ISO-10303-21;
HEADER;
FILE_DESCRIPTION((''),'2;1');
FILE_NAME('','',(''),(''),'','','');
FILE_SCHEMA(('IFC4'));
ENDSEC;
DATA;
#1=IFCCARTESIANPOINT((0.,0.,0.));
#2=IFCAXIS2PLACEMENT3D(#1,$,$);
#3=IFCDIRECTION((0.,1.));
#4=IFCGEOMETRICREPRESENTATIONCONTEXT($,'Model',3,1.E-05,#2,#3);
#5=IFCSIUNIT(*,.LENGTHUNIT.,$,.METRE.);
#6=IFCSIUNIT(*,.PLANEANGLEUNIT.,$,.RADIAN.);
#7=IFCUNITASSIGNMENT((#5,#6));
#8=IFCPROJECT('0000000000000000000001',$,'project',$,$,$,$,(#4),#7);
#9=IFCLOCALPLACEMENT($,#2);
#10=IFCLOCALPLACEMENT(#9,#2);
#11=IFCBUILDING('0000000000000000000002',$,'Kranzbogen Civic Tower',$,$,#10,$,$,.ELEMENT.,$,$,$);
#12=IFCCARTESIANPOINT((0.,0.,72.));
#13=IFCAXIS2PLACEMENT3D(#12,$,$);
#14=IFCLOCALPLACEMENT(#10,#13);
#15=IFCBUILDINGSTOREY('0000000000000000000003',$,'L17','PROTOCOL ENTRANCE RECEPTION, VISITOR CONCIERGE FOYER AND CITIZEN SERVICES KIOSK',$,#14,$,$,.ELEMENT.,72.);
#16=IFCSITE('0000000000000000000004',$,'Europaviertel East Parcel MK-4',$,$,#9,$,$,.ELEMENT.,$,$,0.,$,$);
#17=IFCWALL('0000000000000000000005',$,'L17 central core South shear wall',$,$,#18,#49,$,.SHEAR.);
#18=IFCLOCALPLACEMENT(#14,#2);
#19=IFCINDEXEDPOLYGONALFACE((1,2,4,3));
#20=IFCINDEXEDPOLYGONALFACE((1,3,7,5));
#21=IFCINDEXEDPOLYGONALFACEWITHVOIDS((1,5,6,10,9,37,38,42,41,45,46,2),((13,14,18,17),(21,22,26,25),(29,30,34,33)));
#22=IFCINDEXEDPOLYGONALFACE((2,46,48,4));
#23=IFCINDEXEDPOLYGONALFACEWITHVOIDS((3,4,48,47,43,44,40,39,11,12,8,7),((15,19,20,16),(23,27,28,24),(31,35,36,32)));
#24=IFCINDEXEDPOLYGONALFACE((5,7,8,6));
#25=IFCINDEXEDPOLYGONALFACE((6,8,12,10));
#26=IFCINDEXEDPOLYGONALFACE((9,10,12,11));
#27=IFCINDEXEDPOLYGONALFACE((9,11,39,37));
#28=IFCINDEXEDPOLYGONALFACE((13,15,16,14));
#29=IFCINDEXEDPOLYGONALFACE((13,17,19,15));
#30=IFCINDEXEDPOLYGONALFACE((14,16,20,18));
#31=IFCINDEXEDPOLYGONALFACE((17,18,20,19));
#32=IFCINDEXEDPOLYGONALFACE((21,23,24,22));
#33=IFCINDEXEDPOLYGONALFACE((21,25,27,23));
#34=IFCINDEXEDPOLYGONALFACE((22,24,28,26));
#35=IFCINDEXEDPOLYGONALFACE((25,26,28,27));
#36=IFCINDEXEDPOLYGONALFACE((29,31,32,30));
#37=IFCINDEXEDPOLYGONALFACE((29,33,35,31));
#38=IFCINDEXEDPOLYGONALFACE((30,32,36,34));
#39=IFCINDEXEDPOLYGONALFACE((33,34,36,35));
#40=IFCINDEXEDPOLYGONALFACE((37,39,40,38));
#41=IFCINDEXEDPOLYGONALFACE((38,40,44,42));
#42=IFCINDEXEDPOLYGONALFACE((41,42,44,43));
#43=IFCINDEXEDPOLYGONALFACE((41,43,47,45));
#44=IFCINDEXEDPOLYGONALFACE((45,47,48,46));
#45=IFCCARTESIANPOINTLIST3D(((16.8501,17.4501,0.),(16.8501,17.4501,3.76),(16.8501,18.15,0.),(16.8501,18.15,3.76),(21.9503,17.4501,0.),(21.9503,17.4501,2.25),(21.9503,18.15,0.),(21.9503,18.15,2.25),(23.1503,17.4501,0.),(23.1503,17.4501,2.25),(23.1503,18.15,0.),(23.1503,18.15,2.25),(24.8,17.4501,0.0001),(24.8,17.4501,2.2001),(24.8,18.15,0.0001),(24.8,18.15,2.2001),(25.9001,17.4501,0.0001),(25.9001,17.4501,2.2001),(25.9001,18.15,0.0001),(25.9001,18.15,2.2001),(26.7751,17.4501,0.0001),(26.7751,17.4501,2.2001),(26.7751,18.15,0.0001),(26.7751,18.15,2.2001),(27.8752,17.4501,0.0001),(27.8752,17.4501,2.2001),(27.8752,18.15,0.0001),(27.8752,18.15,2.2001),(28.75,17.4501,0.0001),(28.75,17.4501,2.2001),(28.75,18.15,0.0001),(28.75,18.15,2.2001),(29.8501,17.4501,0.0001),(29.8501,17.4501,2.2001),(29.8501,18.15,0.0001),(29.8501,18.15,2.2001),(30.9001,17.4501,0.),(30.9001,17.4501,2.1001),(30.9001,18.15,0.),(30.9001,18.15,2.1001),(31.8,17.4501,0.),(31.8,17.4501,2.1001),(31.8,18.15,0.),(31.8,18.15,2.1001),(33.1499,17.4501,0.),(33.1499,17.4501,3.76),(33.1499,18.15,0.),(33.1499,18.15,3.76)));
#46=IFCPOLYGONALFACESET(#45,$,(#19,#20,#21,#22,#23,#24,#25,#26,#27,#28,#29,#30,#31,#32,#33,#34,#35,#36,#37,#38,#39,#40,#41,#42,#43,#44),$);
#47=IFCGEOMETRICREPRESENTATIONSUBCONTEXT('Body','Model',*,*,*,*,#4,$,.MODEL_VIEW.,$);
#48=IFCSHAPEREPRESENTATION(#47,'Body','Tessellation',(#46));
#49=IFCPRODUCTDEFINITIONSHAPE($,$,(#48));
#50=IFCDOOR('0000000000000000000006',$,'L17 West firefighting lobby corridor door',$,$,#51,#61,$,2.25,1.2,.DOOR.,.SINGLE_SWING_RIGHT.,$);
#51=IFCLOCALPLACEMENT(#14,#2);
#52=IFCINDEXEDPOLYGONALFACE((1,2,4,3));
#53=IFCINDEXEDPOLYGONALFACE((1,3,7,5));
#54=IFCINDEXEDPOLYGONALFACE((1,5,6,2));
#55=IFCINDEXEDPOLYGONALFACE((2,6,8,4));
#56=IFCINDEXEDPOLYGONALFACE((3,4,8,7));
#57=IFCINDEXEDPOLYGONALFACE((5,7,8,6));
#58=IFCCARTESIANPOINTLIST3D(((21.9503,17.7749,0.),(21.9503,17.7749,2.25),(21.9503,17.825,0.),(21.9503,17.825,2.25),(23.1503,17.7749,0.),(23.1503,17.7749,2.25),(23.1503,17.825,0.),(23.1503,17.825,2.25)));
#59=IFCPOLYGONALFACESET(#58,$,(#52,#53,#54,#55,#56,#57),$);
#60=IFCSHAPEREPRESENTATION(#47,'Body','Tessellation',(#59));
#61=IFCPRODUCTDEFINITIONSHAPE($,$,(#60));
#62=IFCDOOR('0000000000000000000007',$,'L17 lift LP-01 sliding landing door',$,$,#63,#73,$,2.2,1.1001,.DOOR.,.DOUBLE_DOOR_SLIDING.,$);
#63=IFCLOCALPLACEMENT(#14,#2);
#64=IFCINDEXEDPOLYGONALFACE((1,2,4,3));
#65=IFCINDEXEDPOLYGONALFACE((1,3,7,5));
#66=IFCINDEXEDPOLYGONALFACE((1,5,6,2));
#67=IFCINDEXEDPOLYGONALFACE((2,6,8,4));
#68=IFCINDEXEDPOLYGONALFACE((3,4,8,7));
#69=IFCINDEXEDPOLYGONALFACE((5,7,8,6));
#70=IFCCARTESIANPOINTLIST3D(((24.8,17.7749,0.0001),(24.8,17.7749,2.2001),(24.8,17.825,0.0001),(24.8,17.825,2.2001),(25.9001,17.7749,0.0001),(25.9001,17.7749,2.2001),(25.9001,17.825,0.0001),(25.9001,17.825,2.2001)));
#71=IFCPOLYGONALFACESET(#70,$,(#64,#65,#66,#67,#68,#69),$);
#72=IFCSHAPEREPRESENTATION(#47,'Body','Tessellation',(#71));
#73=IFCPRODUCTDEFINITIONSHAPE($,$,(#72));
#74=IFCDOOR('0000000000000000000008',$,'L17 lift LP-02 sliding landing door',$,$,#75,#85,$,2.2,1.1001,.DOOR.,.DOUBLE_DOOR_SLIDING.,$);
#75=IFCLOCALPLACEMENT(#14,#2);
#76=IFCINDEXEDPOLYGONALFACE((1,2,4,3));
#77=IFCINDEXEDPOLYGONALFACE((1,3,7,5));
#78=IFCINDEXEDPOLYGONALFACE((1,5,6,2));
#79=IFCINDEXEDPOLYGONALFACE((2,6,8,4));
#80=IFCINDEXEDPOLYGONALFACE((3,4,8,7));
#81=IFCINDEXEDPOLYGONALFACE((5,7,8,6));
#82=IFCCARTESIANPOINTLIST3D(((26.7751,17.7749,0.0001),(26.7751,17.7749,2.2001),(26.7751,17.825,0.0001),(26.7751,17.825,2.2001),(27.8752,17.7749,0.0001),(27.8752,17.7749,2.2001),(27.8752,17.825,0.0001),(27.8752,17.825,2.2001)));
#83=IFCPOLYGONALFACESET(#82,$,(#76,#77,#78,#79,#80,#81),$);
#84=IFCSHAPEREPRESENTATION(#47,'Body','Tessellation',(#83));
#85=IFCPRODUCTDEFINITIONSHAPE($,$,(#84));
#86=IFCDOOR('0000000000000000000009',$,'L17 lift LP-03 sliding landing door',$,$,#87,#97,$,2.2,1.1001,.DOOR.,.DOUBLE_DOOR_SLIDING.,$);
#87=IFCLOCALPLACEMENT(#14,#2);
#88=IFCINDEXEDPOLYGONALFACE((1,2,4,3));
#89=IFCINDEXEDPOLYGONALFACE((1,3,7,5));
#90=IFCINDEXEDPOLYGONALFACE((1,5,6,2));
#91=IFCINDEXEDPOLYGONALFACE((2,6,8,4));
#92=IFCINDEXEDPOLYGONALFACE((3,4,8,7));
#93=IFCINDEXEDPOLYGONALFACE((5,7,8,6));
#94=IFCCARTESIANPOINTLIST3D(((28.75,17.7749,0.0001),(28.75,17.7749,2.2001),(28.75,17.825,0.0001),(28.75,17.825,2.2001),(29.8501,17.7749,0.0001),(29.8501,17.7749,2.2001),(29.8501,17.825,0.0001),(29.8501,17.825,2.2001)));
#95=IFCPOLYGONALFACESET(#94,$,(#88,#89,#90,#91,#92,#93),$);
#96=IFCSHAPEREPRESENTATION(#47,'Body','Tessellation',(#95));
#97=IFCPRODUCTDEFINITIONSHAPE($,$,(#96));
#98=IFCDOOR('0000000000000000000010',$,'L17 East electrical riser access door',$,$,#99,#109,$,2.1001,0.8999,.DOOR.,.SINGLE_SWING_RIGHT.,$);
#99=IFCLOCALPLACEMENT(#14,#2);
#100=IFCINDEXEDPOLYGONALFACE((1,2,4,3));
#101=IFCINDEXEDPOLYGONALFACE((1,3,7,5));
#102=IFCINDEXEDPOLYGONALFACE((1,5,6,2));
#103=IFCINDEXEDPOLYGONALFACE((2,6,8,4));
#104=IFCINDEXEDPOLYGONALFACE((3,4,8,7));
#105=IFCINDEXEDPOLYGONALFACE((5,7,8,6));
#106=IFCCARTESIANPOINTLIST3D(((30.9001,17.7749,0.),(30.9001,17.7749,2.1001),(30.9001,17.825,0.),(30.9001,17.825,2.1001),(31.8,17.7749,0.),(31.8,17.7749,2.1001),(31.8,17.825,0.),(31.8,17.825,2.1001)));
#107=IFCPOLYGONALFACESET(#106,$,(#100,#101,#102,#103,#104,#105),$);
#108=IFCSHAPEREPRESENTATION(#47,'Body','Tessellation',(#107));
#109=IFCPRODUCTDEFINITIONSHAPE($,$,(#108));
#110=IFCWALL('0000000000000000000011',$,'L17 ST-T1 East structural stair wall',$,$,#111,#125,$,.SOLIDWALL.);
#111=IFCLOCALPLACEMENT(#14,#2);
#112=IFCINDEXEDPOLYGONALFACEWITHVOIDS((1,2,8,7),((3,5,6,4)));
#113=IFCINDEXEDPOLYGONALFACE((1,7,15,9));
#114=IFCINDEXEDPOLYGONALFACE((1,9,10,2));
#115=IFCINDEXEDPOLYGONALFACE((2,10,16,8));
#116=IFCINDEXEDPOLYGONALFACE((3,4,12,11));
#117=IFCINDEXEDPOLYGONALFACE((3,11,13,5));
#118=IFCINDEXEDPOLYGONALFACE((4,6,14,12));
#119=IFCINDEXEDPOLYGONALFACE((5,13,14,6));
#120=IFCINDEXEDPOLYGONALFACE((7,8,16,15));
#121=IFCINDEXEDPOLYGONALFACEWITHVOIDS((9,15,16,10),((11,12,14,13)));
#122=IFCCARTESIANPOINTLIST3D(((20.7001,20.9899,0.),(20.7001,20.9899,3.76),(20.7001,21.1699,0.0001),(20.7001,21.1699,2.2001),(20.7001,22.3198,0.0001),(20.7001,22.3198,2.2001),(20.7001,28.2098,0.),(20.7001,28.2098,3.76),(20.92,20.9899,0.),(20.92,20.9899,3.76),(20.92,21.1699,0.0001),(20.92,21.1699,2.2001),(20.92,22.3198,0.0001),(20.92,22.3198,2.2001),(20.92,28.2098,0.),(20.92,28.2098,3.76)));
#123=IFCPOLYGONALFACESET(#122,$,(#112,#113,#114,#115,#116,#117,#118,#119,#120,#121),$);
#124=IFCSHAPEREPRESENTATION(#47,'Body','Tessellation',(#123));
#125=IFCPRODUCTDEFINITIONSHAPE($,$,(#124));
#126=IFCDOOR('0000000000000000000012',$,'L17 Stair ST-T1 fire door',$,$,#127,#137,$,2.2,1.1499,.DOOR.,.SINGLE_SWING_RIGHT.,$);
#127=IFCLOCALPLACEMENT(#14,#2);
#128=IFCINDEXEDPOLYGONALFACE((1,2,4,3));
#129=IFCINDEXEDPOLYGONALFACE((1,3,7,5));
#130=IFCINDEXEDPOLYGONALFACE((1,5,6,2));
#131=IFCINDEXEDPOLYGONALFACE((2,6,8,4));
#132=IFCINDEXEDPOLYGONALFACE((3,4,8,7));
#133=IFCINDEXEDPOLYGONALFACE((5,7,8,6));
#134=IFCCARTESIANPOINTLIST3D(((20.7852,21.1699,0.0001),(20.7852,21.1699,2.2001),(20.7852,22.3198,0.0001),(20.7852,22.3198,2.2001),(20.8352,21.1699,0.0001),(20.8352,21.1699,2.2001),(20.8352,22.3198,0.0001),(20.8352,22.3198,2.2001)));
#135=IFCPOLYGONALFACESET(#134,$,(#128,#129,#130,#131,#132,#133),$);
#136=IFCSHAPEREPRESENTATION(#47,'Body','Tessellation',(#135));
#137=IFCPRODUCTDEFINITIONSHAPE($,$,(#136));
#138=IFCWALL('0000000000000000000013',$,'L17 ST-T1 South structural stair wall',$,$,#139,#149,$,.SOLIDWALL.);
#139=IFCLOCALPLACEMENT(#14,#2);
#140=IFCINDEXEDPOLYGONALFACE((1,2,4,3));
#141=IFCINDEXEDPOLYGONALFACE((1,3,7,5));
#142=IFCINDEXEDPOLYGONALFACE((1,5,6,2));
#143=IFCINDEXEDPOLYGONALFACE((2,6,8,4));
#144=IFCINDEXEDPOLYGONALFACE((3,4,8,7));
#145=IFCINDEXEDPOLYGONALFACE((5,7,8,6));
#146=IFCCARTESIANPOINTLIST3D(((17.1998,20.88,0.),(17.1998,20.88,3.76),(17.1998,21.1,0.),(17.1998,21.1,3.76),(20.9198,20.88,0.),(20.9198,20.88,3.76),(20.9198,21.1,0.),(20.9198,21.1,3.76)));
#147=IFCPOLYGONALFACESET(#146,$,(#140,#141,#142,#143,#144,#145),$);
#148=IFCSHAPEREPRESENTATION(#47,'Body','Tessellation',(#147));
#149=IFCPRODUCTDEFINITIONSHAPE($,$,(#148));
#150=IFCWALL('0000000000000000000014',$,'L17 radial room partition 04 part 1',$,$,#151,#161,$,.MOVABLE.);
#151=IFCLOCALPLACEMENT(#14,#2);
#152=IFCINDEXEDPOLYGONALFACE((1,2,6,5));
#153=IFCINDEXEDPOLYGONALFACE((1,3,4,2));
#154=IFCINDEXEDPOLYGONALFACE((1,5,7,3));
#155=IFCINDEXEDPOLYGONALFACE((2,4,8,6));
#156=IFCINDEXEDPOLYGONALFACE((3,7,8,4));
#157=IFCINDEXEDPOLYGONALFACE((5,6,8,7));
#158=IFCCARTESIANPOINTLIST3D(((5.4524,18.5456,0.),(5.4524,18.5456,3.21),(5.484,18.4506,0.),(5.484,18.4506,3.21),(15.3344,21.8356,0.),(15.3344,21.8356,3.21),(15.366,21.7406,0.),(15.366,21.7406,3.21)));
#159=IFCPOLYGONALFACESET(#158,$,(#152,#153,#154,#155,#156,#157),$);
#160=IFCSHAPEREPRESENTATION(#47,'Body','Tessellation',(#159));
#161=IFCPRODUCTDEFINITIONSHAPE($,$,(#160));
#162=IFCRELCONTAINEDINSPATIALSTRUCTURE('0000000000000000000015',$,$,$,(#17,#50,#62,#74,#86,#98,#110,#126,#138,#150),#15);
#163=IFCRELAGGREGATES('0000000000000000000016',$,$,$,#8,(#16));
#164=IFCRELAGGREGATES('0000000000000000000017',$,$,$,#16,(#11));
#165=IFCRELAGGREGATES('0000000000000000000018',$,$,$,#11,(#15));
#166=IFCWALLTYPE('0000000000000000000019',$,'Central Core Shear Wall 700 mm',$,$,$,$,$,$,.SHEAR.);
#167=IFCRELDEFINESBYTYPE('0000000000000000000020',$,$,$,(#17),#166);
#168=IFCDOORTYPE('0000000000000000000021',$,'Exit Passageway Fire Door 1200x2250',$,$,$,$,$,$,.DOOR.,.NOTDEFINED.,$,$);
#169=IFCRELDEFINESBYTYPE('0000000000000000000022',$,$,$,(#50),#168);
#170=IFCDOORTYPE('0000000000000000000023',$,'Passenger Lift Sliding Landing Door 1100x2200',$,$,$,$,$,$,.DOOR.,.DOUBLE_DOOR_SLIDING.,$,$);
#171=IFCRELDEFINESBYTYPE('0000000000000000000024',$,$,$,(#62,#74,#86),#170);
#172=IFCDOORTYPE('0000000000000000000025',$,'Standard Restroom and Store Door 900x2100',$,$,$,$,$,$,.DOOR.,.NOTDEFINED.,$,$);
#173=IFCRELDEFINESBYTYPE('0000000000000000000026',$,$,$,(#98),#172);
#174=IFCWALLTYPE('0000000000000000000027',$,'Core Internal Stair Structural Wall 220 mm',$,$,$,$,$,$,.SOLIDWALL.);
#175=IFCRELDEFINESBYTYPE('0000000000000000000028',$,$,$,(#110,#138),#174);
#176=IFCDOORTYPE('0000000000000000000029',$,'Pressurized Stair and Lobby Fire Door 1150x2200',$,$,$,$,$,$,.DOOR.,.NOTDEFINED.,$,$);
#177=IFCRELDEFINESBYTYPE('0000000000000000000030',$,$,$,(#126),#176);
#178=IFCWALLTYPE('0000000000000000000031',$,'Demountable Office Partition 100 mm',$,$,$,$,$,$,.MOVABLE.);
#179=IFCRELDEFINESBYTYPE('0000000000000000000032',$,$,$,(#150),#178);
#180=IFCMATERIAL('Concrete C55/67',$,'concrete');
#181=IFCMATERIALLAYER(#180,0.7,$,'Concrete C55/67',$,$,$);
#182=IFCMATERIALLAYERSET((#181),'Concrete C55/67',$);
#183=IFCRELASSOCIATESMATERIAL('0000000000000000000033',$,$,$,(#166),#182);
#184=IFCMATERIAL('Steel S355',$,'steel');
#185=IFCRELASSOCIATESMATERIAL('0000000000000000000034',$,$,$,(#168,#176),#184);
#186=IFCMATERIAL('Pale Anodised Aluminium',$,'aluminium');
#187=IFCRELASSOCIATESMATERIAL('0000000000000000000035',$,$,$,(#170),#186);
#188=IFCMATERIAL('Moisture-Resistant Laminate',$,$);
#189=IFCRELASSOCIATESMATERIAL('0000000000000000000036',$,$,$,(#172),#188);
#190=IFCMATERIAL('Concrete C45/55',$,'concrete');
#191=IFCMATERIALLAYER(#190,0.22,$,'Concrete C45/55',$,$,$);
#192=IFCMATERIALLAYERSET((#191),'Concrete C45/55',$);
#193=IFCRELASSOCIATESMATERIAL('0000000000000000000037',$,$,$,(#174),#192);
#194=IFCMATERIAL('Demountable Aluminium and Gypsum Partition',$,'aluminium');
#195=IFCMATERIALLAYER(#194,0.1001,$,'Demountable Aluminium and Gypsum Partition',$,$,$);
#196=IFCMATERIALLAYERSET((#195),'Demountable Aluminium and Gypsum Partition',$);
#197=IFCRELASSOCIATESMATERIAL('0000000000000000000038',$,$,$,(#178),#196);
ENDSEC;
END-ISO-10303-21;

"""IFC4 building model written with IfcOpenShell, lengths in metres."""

from ifc_helpers import new_model, si_unit, direction, frame, frame_2d, origin, place, context, subcontext, project, spatial, rectangle, extrude, material, layer, layer_set, type_object, element, fill, save


model = new_model("IFC4")

# Units and contexts
model_context = context("Model", 3, precision=1e-05, world=origin(), true_north=direction((0.0, 1.0)))
body_context = subcontext(model_context, "Body", "Model", "MODEL_VIEW")
ifc_project = project(units=[si_unit("LENGTHUNIT", "METRE"), si_unit("PLANEANGLEUNIT", "RADIAN")], contexts=[model_context])

# Site, building, storey
site_placement = place(None, origin())
site = spatial("IfcSite", under=ifc_project, at=site_placement, Name="Europaviertel East Parcel MK-4", CompositionType="ELEMENT", RefElevation=0.0)
building_placement = place(site_placement, origin())
building = spatial("IfcBuilding", under=site, at=building_placement, Name="Kranzbogen Civic Tower", CompositionType="ELEMENT")
storey_placement = place(building_placement, frame((0.0, 0.0, 72.0)))
storey = spatial("IfcBuildingStorey", under=building, at=storey_placement, Name="L17", Description="PROTOCOL ENTRANCE RECEPTION, VISITOR CONCIERGE FOYER AND CITIZEN SERVICES KIOSK", CompositionType="ELEMENT", Elevation=72.0)

# Shared definitions
ifc_material_1 = material(Name="Steel S355", Category="steel")

# Wall, openings, doors
ifc_material_2 = material(Name="Concrete C55/67", Category="concrete")
ifc_layer_1 = layer(ifc_material_2, 0.7, Name="Concrete C55/67")
ifc_layer_set_1 = layer_set([ifc_layer_1], Name="Concrete C55/67")
wall_type_1 = type_object("IfcWallType", Name="Central Core Shear Wall 700 mm", PredefinedType="SHEAR", material=ifc_layer_set_1)
wall_1_placement = place(storey_placement, frame((16.8501, 17.8, 0.0), z_axis=(0.0, 0.0, 1.0), x_axis=(1.0, 0.0, 0.0)))
wall_1 = element("IfcWall", 1, at=wall_1_placement, inside=storey, type_object=wall_type_1, Name="L17 central core South shear wall", PredefinedType="SHEAR", context=body_context, shape_type="SweptSolid", body=[
    extrude(rectangle(XDim=16.2998, YDim=0.7, at=frame_2d((8.1499, 0.0))), origin(), (0.0, 0.0, 1.0), 3.76),
])
opening_1_placement = place(wall_1_placement, frame((5.1001, 0.0, 0.0)))
opening_1 = element("IfcOpeningElement", 2, at=opening_1_placement, cuts=wall_1, PredefinedType="OPENING", context=body_context, shape_type="SweptSolid", body=[
    extrude(rectangle(XDim=1.2, YDim=2.25, at=frame_2d((0.6001, 1.125))), frame((0.0, 0.3599, 0.0), z_axis=(0.0, -1.0, 0.0), x_axis=(1.0, 0.0, 0.0)), (0.0, 0.0, 1.0), 0.72),
])
opening_2_placement = place(wall_1_placement, frame((14.05, 0.0, 0.0)))
opening_2 = element("IfcOpeningElement", 3, at=opening_2_placement, cuts=wall_1, PredefinedType="OPENING", context=body_context, shape_type="SweptSolid", body=[
    extrude(rectangle(XDim=0.8999, YDim=2.1001, at=frame_2d((0.45, 1.05))), frame((0.0, 0.3599, 0.0), z_axis=(0.0, -1.0, 0.0), x_axis=(1.0, 0.0, 0.0)), (0.0, 0.0, 1.0), 0.72),
])
opening_3_placement = place(wall_1_placement, frame((7.95, 0.0, 0.0)))
opening_3 = element("IfcOpeningElement", 4, at=opening_3_placement, cuts=wall_1, PredefinedType="OPENING", context=body_context, shape_type="SweptSolid", body=[
    extrude(rectangle(XDim=1.1001, YDim=2.2, at=frame_2d((0.55, 1.1001))), frame((0.0, 0.3599, 0.0), z_axis=(0.0, -1.0, 0.0), x_axis=(1.0, 0.0, 0.0)), (0.0, 0.0, 1.0), 0.72),
])
opening_4_placement = place(wall_1_placement, frame((9.925, 0.0, 0.0)))
opening_4 = element("IfcOpeningElement", 5, at=opening_4_placement, cuts=wall_1, PredefinedType="OPENING", context=body_context, shape_type="SweptSolid", body=[
    extrude(rectangle(XDim=1.1001, YDim=2.2, at=frame_2d((0.55, 1.1001))), frame((0.0, 0.3599, 0.0), z_axis=(0.0, -1.0, 0.0), x_axis=(1.0, 0.0, 0.0)), (0.0, 0.0, 1.0), 0.72),
])
opening_5_placement = place(wall_1_placement, frame((11.8999, 0.0, 0.0)))
opening_5 = element("IfcOpeningElement", 6, at=opening_5_placement, cuts=wall_1, PredefinedType="OPENING", context=body_context, shape_type="SweptSolid", body=[
    extrude(rectangle(XDim=1.1001, YDim=2.2, at=frame_2d((0.55, 1.1001))), frame((0.0, 0.3599, 0.0), z_axis=(0.0, -1.0, 0.0), x_axis=(1.0, 0.0, 0.0)), (0.0, 0.0, 1.0), 0.72),
])
door_type_1 = type_object("IfcDoorType", Name="Exit Passageway Fire Door 1200x2250", OperationType="NOTDEFINED", PredefinedType="DOOR", material=ifc_material_1)
door_1_placement = place(opening_1_placement, origin())
door_1 = element("IfcDoor", 7, at=door_1_placement, inside=storey, type_object=door_type_1, Name="L17 West firefighting lobby corridor door", OperationType="SINGLE_SWING_RIGHT", OverallHeight=2.25, OverallWidth=1.2, PredefinedType="DOOR", context=body_context, shape_type="SweptSolid", body=[
    extrude(rectangle(XDim=1.2, YDim=2.25, at=frame_2d((0.6001, 1.125))), frame((0.0, 0.0249, 0.0), z_axis=(0.0, -1.0, 0.0), x_axis=(1.0, 0.0, 0.0)), (0.0, 0.0, 1.0), 0.05),
])
fill(opening_1, door_1)
ifc_material_3 = material(Name="Pale Anodised Aluminium", Category="aluminium")
door_type_2 = type_object("IfcDoorType", Name="Passenger Lift Sliding Landing Door 1100x2200", OperationType="DOUBLE_DOOR_SLIDING", PredefinedType="DOOR", material=ifc_material_3)
door_2_placement = place(opening_3_placement, origin())
door_2 = element("IfcDoor", 8, at=door_2_placement, inside=storey, type_object=door_type_2, Name="L17 lift LP-01 sliding landing door", OperationType="DOUBLE_DOOR_SLIDING", OverallHeight=2.2, OverallWidth=1.1001, PredefinedType="DOOR", context=body_context, shape_type="SweptSolid", body=[
    extrude(rectangle(XDim=1.1001, YDim=2.2, at=frame_2d((0.55, 1.1001))), frame((0.0, 0.0249, 0.0), z_axis=(0.0, -1.0, 0.0), x_axis=(1.0, 0.0, 0.0)), (0.0, 0.0, 1.0), 0.05),
])
fill(opening_3, door_2)
door_3_placement = place(opening_4_placement, origin())
door_3 = element("IfcDoor", 9, at=door_3_placement, inside=storey, type_object=door_type_2, Name="L17 lift LP-02 sliding landing door", OperationType="DOUBLE_DOOR_SLIDING", OverallHeight=2.2, OverallWidth=1.1001, PredefinedType="DOOR", context=body_context, shape_type="SweptSolid", body=[
    extrude(rectangle(XDim=1.1001, YDim=2.2, at=frame_2d((0.55, 1.1001))), frame((0.0, 0.0249, 0.0), z_axis=(0.0, -1.0, 0.0), x_axis=(1.0, 0.0, 0.0)), (0.0, 0.0, 1.0), 0.05),
])
fill(opening_4, door_3)
door_4_placement = place(opening_5_placement, origin())
door_4 = element("IfcDoor", 10, at=door_4_placement, inside=storey, type_object=door_type_2, Name="L17 lift LP-03 sliding landing door", OperationType="DOUBLE_DOOR_SLIDING", OverallHeight=2.2, OverallWidth=1.1001, PredefinedType="DOOR", context=body_context, shape_type="SweptSolid", body=[
    extrude(rectangle(XDim=1.1001, YDim=2.2, at=frame_2d((0.55, 1.1001))), frame((0.0, 0.0249, 0.0), z_axis=(0.0, -1.0, 0.0), x_axis=(1.0, 0.0, 0.0)), (0.0, 0.0, 1.0), 0.05),
])
fill(opening_5, door_4)
ifc_material_4 = material(Name="Moisture-Resistant Laminate")
door_type_3 = type_object("IfcDoorType", Name="Standard Restroom and Store Door 900x2100", OperationType="NOTDEFINED", PredefinedType="DOOR", material=ifc_material_4)
door_5_placement = place(opening_2_placement, origin())
door_5 = element("IfcDoor", 11, at=door_5_placement, inside=storey, type_object=door_type_3, Name="L17 East electrical riser access door", OperationType="SINGLE_SWING_RIGHT", OverallHeight=2.1001, OverallWidth=0.8999, PredefinedType="DOOR", context=body_context, shape_type="SweptSolid", body=[
    extrude(rectangle(XDim=0.8999, YDim=2.1001, at=frame_2d((0.45, 1.05))), frame((0.0, 0.0249, 0.0), z_axis=(0.0, -1.0, 0.0), x_axis=(1.0, 0.0, 0.0)), (0.0, 0.0, 1.0), 0.05),
])
fill(opening_2, door_5)

# Wall, opening, door
ifc_material_5 = material(Name="Concrete C45/55", Category="concrete")
ifc_layer_2 = layer(ifc_material_5, 0.22, Name="Concrete C45/55")
ifc_layer_set_2 = layer_set([ifc_layer_2], Name="Concrete C45/55")
wall_type_2 = type_object("IfcWallType", Name="Core Internal Stair Structural Wall 220 mm", PredefinedType="SOLIDWALL", material=ifc_layer_set_2)
wall_2_placement = place(storey_placement, frame((20.8101, 20.99, 0.0), z_axis=(0.0, 0.0, 1.0), x_axis=(0.0, 1.0, 0.0)))
wall_2 = element("IfcWall", 12, at=wall_2_placement, inside=storey, type_object=wall_type_2, Name="L17 ST-T1 East structural stair wall", PredefinedType="SOLIDWALL", context=body_context, shape_type="SweptSolid", body=[
    extrude(rectangle(XDim=7.22, YDim=0.22, at=frame_2d((3.6099, 0.0))), origin(), (0.0, 0.0, 1.0), 3.76),
])
opening_6_placement = place(wall_2_placement, frame((0.1799, 0.0, 0.0)))
opening_6 = element("IfcOpeningElement", 13, at=opening_6_placement, cuts=wall_2, PredefinedType="OPENING", context=body_context, shape_type="SweptSolid", body=[
    extrude(rectangle(XDim=1.1499, YDim=2.2, at=frame_2d((0.575, 1.1001))), frame((0.0, 0.1201, 0.0), z_axis=(0.0, -1.0, 0.0), x_axis=(1.0, 0.0, 0.0)), (0.0, 0.0, 1.0), 0.24),
])
door_type_4 = type_object("IfcDoorType", Name="Pressurized Stair and Lobby Fire Door 1150x2200", OperationType="NOTDEFINED", PredefinedType="DOOR", material=ifc_material_1)
door_6_placement = place(opening_6_placement, origin())
door_6 = element("IfcDoor", 14, at=door_6_placement, inside=storey, type_object=door_type_4, Name="L17 Stair ST-T1 fire door", OperationType="SINGLE_SWING_RIGHT", OverallHeight=2.2, OverallWidth=1.1499, PredefinedType="DOOR", context=body_context, shape_type="SweptSolid", body=[
    extrude(rectangle(XDim=1.1499, YDim=2.2, at=frame_2d((0.575, 1.1001))), frame((0.0, 0.0249, 0.0), z_axis=(0.0, -1.0, 0.0), x_axis=(1.0, 0.0, 0.0)), (0.0, 0.0, 1.0), 0.05),
])
fill(opening_6, door_6)

# Walls
wall_3_placement = place(storey_placement, frame((17.2, 20.99, 0.0), z_axis=(0.0, 0.0, 1.0), x_axis=(1.0, 0.0, 0.0)))
element("IfcWall", 15, at=wall_3_placement, inside=storey, type_object=wall_type_2, Name="L17 ST-T1 South structural stair wall", PredefinedType="SOLIDWALL", context=body_context, shape_type="SweptSolid", body=[
    extrude(rectangle(XDim=3.72, YDim=0.22, at=frame_2d((1.8599, 0.0))), origin(), (0.0, 0.0, 1.0), 3.76),
])
ifc_material_6 = material(Name="Demountable Aluminium and Gypsum Partition", Category="aluminium")
ifc_layer_3 = layer(ifc_material_6, 0.1001, Name="Demountable Aluminium and Gypsum Partition")
ifc_layer_set_3 = layer_set([ifc_layer_3], Name="Demountable Aluminium and Gypsum Partition")
wall_type_3 = type_object("IfcWallType", Name="Demountable Office Partition 100 mm", PredefinedType="MOVABLE", material=ifc_layer_set_3)
wall_4_placement = place(storey_placement, frame((15.3501, 21.7881, 0.0), z_axis=(0.0, 0.0, 1.0), x_axis=(-0.948798, -0.315883, 0.0)))
element("IfcWall", 16, at=wall_4_placement, inside=storey, type_object=wall_type_3, Name="L17 radial room partition 04 part 1", PredefinedType="MOVABLE", context=body_context, shape_type="SweptSolid", body=[
    extrude(rectangle(XDim=10.4153, YDim=0.1001, at=frame_2d((5.2075, 0.0))), origin(), (0.0, 0.0, 1.0), 3.21),
])

save(model, "model.ifc")
